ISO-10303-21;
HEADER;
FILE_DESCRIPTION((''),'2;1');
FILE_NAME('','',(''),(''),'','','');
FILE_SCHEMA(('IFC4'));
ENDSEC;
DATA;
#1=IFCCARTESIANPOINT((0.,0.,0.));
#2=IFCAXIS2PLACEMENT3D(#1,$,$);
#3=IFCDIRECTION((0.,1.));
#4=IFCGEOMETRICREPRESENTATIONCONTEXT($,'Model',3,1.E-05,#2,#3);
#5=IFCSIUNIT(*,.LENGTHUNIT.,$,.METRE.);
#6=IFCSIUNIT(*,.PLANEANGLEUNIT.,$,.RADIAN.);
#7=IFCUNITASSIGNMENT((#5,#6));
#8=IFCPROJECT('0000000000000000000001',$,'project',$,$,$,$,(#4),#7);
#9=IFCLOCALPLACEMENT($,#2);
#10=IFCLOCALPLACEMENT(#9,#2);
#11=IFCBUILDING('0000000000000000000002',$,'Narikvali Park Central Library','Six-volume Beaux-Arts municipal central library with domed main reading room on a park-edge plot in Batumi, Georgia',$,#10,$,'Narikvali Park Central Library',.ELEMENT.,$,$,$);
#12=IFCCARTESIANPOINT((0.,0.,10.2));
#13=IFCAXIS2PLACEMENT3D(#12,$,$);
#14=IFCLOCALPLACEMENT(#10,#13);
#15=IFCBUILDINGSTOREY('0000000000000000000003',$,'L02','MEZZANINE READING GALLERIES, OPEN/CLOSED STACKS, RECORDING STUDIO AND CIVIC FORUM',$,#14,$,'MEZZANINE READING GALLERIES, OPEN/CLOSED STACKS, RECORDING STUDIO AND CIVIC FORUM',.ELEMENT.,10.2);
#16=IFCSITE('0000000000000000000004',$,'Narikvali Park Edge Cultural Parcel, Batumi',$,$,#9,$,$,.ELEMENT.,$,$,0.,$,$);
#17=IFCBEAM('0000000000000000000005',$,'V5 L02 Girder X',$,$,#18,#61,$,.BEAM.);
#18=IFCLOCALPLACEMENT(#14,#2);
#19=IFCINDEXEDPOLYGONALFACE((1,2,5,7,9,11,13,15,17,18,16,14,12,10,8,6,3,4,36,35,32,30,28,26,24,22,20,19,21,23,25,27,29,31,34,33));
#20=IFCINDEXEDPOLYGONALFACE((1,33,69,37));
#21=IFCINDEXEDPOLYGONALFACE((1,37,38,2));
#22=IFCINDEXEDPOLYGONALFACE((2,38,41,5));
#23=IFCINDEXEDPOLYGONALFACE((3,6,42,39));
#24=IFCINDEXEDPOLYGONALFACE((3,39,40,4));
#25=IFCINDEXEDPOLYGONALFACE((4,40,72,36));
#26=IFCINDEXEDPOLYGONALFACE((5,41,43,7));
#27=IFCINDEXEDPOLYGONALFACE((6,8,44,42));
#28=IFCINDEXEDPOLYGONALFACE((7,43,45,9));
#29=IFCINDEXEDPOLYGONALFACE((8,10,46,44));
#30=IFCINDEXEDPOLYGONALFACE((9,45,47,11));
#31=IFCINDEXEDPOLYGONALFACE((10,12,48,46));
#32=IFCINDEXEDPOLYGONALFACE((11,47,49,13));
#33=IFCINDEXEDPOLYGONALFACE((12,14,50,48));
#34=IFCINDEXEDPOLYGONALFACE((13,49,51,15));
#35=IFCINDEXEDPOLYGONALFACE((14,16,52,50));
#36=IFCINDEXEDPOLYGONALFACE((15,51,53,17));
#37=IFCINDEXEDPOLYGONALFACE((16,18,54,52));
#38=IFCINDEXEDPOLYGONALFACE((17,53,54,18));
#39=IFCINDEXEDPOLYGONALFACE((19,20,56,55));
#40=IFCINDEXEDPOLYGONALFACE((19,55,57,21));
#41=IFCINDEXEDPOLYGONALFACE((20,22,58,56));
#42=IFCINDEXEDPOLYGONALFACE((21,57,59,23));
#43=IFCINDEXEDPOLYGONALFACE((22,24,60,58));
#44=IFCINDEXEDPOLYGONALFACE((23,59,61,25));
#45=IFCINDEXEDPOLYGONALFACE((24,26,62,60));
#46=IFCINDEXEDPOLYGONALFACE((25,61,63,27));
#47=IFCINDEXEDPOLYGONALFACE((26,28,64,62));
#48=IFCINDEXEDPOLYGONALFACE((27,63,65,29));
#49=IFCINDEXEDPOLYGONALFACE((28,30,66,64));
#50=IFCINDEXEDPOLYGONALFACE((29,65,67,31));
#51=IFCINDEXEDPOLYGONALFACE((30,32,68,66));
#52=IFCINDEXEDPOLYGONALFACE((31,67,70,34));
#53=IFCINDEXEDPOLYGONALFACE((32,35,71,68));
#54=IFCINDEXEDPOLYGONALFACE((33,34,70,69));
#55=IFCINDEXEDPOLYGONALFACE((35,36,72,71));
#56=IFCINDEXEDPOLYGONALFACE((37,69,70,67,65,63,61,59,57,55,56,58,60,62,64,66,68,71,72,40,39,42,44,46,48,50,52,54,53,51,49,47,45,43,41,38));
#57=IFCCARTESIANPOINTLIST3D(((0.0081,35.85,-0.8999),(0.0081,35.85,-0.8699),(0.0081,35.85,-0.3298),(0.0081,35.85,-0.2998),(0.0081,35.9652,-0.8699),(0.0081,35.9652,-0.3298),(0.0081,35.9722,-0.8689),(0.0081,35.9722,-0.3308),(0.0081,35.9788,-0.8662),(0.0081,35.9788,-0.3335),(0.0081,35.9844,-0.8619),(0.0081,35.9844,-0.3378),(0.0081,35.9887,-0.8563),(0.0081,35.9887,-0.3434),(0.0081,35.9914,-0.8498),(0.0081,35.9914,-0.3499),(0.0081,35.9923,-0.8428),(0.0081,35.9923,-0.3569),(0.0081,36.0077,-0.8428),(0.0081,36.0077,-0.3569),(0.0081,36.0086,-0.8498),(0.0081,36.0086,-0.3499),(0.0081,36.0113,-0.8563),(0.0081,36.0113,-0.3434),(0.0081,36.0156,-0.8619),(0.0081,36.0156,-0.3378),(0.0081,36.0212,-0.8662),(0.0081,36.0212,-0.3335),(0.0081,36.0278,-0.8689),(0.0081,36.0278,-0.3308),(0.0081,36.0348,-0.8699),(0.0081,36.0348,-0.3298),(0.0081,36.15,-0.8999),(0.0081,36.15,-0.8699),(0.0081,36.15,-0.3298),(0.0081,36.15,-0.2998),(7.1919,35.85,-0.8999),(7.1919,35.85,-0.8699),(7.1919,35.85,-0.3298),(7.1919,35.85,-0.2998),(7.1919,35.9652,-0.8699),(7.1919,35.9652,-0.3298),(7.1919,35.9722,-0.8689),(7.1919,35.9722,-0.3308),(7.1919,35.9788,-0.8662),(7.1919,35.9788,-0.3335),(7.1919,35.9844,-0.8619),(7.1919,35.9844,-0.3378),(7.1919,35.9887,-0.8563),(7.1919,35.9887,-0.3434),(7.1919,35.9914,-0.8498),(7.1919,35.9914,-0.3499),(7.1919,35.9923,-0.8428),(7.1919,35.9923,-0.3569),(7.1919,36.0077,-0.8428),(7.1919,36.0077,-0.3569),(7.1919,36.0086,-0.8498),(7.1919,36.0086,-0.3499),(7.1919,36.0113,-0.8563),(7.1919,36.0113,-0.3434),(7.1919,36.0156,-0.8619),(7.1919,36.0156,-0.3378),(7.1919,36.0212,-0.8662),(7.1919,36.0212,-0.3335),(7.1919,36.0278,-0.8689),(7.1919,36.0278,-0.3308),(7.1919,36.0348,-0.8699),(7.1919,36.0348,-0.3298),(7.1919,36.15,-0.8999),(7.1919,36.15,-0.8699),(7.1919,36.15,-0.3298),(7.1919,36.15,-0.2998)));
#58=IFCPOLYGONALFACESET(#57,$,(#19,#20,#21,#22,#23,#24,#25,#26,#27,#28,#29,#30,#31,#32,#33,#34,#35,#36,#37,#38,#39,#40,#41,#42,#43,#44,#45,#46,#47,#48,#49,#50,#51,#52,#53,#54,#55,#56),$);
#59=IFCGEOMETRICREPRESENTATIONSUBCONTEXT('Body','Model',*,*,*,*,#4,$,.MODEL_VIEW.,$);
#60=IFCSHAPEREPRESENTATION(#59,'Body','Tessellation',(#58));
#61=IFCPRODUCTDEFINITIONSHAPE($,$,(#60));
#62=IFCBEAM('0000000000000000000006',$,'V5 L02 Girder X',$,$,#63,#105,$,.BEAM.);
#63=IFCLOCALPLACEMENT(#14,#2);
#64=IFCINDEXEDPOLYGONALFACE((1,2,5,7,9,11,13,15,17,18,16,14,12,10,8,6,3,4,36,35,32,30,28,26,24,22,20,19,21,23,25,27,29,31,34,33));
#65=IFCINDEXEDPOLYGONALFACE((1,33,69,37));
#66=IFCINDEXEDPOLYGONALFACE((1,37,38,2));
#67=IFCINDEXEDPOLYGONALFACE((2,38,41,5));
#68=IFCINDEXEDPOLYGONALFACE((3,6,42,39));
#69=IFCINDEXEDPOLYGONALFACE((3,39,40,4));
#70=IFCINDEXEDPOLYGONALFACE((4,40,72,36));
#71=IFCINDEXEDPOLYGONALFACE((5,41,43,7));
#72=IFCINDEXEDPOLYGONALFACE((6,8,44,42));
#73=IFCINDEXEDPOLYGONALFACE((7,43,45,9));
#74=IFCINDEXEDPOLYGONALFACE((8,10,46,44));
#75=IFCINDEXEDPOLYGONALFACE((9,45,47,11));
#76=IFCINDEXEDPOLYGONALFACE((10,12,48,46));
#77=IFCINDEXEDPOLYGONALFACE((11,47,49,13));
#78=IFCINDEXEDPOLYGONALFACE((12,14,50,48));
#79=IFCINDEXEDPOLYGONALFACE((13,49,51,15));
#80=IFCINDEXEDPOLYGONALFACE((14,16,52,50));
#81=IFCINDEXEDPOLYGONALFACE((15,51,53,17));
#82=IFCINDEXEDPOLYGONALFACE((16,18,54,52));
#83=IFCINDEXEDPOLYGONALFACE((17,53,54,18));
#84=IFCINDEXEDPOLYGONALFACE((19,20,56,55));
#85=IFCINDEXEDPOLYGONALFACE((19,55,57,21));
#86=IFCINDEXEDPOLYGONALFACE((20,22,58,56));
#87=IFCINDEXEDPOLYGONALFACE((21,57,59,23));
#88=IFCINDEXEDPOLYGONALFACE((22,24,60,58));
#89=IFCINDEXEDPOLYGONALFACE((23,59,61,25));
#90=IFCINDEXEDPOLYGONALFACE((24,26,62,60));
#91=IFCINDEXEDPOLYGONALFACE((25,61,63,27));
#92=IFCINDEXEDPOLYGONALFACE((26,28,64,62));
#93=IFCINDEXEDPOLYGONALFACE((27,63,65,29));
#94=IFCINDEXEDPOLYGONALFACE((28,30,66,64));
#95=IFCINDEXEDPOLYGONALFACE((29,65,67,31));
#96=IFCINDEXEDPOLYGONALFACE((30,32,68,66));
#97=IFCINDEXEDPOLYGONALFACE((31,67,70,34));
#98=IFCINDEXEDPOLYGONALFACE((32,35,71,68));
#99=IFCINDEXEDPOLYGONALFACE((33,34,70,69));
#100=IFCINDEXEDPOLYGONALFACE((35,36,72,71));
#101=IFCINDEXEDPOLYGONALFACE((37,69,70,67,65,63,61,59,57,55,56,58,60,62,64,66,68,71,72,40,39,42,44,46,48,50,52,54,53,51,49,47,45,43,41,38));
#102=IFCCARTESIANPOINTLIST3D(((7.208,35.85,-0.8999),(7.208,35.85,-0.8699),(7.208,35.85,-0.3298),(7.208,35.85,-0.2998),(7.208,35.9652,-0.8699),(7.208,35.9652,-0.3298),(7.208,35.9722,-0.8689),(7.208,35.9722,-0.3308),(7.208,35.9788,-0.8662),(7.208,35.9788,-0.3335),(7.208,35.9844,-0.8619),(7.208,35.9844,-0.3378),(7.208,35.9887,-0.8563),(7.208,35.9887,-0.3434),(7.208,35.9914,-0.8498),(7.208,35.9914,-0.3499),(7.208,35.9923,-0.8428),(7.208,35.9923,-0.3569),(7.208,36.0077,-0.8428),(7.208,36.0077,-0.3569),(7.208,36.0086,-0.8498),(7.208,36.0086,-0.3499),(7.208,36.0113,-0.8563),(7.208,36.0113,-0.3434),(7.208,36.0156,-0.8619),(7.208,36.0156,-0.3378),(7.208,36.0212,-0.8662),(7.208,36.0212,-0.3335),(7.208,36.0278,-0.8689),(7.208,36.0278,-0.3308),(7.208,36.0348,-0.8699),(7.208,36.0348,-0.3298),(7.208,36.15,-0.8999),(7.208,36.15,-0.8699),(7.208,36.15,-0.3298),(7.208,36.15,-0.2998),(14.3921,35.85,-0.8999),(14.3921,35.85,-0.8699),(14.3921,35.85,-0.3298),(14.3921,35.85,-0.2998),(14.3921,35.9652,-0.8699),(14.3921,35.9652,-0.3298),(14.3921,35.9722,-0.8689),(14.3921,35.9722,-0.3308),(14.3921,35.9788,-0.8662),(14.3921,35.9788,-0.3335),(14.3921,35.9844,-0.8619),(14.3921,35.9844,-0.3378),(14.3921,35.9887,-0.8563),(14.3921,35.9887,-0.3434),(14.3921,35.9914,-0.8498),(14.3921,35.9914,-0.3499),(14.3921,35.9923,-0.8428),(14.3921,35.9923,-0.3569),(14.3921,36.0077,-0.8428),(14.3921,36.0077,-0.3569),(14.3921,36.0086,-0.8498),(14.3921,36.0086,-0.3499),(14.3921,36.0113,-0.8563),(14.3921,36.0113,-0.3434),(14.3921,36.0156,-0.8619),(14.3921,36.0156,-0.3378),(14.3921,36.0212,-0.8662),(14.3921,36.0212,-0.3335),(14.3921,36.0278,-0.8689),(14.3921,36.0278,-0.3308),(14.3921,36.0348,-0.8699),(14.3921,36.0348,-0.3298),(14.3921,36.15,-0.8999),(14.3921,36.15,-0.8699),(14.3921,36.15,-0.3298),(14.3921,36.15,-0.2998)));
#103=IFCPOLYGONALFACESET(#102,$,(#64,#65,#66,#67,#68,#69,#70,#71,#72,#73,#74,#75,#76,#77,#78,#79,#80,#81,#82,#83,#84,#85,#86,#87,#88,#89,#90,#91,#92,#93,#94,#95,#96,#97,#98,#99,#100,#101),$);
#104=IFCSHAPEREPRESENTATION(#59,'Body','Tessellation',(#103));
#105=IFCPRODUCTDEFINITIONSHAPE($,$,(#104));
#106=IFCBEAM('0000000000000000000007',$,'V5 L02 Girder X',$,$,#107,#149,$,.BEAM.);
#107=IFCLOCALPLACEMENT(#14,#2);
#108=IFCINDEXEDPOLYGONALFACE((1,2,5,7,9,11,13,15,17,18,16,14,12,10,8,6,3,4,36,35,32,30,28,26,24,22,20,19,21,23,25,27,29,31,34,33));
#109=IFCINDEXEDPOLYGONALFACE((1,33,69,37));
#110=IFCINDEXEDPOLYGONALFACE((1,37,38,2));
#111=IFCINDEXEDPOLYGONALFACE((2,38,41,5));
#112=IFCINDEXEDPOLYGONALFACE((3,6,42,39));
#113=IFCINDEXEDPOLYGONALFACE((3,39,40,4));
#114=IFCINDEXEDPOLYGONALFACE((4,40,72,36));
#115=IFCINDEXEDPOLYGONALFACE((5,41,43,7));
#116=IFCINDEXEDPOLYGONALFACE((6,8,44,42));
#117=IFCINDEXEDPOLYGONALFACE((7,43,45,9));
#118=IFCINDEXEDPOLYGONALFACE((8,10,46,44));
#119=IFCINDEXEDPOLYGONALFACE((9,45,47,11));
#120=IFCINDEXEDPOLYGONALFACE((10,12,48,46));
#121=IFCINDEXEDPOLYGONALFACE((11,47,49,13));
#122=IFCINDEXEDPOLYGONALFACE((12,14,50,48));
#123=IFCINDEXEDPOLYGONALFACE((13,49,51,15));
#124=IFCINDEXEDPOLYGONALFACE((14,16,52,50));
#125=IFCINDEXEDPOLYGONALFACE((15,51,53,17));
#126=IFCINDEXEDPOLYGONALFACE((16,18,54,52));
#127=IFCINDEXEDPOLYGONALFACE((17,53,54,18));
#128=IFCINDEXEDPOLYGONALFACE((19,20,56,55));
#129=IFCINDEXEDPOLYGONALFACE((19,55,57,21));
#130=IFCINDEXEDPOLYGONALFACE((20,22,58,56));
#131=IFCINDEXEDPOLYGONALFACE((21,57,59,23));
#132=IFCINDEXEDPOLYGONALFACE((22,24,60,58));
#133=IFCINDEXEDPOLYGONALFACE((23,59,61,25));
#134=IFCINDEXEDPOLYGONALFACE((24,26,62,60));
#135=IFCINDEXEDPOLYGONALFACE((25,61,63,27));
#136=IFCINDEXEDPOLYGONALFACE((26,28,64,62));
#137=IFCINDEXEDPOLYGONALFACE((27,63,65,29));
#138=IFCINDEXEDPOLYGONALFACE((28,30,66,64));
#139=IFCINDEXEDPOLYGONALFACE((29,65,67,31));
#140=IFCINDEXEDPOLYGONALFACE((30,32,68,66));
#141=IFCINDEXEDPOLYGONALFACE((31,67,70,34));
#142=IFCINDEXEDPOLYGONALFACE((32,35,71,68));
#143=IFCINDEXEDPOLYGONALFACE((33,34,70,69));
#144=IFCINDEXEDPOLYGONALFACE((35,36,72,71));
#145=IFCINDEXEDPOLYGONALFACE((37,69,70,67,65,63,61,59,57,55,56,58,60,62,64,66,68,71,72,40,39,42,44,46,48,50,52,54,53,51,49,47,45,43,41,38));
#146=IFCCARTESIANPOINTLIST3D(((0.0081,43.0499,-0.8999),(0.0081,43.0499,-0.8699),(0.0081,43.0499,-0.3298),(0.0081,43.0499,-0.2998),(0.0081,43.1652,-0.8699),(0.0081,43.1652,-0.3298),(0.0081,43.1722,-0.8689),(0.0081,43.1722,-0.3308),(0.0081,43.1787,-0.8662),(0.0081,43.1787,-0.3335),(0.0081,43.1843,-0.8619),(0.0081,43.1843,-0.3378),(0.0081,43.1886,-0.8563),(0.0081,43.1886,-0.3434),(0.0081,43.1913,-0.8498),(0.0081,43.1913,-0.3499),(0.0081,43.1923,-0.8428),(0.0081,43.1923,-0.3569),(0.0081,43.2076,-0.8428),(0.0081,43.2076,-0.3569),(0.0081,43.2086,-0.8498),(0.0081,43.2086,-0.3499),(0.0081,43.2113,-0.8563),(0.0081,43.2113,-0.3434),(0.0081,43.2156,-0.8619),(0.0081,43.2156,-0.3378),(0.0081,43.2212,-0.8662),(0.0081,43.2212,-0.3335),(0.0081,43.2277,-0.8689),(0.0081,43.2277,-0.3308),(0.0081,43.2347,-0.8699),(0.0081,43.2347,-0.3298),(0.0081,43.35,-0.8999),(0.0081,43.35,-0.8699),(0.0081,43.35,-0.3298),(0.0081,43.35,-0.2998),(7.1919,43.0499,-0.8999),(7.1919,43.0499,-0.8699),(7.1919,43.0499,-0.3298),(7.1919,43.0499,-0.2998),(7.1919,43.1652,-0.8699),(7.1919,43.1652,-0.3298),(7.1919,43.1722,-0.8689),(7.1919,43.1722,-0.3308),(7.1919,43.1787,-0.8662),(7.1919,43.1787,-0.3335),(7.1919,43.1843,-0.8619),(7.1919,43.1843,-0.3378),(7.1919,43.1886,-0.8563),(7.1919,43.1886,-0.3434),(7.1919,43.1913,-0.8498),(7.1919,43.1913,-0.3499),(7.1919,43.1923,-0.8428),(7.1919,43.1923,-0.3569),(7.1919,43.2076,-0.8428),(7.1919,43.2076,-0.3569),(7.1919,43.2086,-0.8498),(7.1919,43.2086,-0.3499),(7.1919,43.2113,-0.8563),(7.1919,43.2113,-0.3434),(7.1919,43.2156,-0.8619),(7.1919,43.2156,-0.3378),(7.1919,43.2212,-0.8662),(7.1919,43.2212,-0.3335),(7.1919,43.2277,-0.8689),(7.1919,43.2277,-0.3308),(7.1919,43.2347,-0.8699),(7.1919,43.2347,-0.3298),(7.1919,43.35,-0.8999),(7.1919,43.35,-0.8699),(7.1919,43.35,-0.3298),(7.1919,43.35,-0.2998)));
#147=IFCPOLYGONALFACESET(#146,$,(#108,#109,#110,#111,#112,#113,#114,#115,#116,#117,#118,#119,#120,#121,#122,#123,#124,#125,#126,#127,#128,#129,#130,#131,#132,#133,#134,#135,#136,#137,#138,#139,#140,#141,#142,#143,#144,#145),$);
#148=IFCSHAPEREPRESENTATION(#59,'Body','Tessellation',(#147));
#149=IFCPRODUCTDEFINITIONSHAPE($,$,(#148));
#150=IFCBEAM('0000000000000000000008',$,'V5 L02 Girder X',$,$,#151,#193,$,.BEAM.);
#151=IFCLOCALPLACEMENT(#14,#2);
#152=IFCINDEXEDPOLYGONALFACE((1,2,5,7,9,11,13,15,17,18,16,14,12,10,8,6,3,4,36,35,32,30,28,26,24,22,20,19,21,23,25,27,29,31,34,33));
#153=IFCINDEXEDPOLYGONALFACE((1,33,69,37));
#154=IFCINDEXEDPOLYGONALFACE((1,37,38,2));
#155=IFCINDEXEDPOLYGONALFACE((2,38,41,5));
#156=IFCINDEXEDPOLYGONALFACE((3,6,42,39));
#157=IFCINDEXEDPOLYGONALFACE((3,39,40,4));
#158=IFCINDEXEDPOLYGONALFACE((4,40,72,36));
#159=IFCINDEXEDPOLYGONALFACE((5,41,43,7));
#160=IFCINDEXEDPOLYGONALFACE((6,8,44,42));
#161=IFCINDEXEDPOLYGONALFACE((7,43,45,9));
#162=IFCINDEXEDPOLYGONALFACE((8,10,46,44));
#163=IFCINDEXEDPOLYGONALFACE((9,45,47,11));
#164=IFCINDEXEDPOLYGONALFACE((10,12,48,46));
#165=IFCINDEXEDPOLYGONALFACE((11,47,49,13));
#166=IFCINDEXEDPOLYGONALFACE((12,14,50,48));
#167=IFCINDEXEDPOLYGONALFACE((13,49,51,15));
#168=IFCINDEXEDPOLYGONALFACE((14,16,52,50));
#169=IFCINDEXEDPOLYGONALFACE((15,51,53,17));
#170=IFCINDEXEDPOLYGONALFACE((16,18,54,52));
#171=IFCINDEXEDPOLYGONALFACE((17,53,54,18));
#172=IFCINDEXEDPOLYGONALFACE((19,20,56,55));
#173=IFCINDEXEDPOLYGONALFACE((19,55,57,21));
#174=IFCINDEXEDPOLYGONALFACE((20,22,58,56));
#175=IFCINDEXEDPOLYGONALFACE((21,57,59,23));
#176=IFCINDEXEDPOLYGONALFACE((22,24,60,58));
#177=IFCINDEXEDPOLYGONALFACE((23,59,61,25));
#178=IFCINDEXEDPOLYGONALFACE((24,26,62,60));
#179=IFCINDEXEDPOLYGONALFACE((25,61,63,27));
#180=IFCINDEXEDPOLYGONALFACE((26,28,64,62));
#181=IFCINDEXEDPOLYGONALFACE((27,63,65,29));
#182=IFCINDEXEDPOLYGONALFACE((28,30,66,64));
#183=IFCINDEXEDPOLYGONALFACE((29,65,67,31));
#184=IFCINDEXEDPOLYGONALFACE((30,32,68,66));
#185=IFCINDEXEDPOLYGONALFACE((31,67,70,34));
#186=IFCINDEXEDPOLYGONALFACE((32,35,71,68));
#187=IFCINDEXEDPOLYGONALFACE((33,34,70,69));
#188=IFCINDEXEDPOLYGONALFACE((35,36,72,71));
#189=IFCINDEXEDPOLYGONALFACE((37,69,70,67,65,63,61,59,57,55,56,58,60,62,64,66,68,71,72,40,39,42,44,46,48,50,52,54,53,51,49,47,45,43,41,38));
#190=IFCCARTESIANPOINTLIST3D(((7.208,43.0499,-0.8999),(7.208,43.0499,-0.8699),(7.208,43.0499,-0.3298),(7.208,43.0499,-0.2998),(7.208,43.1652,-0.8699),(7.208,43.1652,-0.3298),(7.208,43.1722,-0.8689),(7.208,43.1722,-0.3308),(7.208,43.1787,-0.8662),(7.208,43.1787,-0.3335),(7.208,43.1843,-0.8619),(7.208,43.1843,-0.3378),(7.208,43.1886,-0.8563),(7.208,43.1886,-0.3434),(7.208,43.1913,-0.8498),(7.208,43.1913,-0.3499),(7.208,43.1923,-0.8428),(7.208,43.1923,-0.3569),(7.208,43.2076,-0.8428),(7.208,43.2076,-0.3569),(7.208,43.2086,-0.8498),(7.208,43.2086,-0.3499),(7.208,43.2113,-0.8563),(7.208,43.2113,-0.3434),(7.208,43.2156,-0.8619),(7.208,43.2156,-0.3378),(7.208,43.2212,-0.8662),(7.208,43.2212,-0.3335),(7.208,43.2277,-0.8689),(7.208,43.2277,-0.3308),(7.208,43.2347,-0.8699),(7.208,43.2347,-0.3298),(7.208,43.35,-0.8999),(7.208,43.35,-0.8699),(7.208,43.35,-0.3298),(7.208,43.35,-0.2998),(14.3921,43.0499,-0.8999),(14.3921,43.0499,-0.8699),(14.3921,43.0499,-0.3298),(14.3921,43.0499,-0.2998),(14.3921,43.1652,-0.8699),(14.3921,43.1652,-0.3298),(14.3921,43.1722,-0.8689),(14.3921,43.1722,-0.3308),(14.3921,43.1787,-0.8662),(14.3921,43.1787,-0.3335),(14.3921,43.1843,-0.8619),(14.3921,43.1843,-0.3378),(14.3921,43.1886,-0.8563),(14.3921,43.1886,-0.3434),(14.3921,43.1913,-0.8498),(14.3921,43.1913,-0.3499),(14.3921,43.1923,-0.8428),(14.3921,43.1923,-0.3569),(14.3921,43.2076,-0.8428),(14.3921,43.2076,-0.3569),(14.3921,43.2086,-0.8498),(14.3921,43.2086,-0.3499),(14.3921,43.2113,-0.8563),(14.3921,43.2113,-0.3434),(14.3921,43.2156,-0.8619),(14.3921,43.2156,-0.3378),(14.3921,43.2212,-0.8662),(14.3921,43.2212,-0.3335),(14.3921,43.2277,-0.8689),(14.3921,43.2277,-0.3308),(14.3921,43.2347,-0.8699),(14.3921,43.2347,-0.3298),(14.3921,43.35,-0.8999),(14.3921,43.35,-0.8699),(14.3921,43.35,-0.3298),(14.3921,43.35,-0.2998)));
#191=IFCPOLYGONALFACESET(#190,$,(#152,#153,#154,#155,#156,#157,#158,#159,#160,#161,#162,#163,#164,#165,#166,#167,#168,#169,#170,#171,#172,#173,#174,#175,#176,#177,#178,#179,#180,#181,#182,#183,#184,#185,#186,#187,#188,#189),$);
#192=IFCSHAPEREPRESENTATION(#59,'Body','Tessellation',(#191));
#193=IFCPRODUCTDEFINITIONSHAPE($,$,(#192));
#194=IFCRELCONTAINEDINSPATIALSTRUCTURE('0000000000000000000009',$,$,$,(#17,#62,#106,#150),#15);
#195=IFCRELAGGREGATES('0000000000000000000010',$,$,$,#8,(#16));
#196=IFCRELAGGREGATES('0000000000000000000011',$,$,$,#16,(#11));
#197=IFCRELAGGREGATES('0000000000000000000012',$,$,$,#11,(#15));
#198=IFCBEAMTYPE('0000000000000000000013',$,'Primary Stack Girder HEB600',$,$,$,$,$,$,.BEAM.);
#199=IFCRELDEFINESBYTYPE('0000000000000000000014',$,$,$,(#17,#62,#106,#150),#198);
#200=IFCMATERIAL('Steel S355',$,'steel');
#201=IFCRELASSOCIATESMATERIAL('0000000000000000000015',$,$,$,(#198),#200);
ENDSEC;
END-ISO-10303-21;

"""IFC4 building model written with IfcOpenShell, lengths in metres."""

from ifc_helpers import new_model, si_unit, direction, frame, origin, origin_2d, place, context, subcontext, project, spatial, i_section, extrude, material, material_profile, profile_set, type_object, element, save


model = new_model("IFC4")

# Units and contexts
model_context = context("Model", 3, precision=1e-05, world=origin(), true_north=direction((0.0, 1.0)))
body_context = subcontext(model_context, "Body", "Model", "MODEL_VIEW")
ifc_project = project(units=[si_unit("LENGTHUNIT", "METRE"), si_unit("PLANEANGLEUNIT", "RADIAN")], contexts=[model_context])

# Site, building, storey
site_placement = place(None, origin())
site = spatial("IfcSite", under=ifc_project, at=site_placement, Name="Narikvali Park Edge Cultural Parcel, Batumi", CompositionType="ELEMENT", RefElevation=0.0)
building_placement = place(site_placement, origin())
building = spatial("IfcBuilding", under=site, at=building_placement, Name="Narikvali Park Central Library", Description="Six-volume Beaux-Arts municipal central library with domed main reading room on a park-edge plot in Batumi, Georgia", LongName="Narikvali Park Central Library", CompositionType="ELEMENT")
storey_placement = place(building_placement, frame((0.0, 0.0, 10.2)))
storey = spatial("IfcBuildingStorey", under=building, at=storey_placement, Name="L02", Description="MEZZANINE READING GALLERIES, OPEN/CLOSED STACKS, RECORDING STUDIO AND CIVIC FORUM", LongName="MEZZANINE READING GALLERIES, OPEN/CLOSED STACKS, RECORDING STUDIO AND CIVIC FORUM", CompositionType="ELEMENT", Elevation=10.2)

# Shared definitions
ifc_material_1 = material(Name="Steel S355", Category="steel")

# Beams
ifc_material_profile_1 = material_profile(ifc_material_1, i_section(OverallWidth=0.3, OverallDepth=0.6001, WebThickness=0.0154, FlangeThickness=0.03, FilletRadius=0.0271, at=origin_2d()), Name="HEB 600")
ifc_profile_set_1 = profile_set([ifc_material_profile_1], Name="Steel S355")
beam_type_1 = type_object("IfcBeamType", Name="Primary Stack Girder HEB600", PredefinedType="BEAM", material=ifc_profile_set_1)
beam_1_placement = place(storey_placement, frame((0.0081, 36.0, -0.5999), z_axis=(1.0, 0.0, 0.0), x_axis=(0.0, 1.0, 0.0)))
element("IfcBeam", 1, at=beam_1_placement, inside=storey, type_object=beam_type_1, Name="V5 L02 Girder X", PredefinedType="BEAM", context=body_context, shape_type="SweptSolid", body=[
    extrude(i_section(OverallWidth=0.3, OverallDepth=0.6001, WebThickness=0.0154, FlangeThickness=0.03, FilletRadius=0.0271, at=origin_2d()), origin(), (0.0, 0.0, 1.0), 7.1838),
])
beam_2_placement = place(storey_placement, frame((7.208, 36.0, -0.5999), z_axis=(1.0, 0.0, 0.0), x_axis=(0.0, 1.0, 0.0)))
element("IfcBeam", 2, at=beam_2_placement, inside=storey, type_object=beam_type_1, Name="V5 L02 Girder X", PredefinedType="BEAM", context=body_context, shape_type="SweptSolid", body=[
    extrude(i_section(OverallWidth=0.3, OverallDepth=0.6001, WebThickness=0.0154, FlangeThickness=0.03, FilletRadius=0.0271, at=origin_2d()), origin(), (0.0, 0.0, 1.0), 7.1841),
])
beam_3_placement = place(storey_placement, frame((0.0081, 43.2, -0.5999), z_axis=(1.0, 0.0, 0.0), x_axis=(0.0, 1.0, 0.0)))
element("IfcBeam", 3, at=beam_3_placement, inside=storey, type_object=beam_type_1, Name="V5 L02 Girder X", PredefinedType="BEAM", context=body_context, shape_type="SweptSolid", body=[
    extrude(i_section(OverallWidth=0.3, OverallDepth=0.6001, WebThickness=0.0154, FlangeThickness=0.03, FilletRadius=0.0271, at=origin_2d()), origin(), (0.0, 0.0, 1.0), 7.1838),
])
beam_4_placement = place(storey_placement, frame((7.208, 43.2, -0.5999), z_axis=(1.0, 0.0, 0.0), x_axis=(0.0, 1.0, 0.0)))
element("IfcBeam", 4, at=beam_4_placement, inside=storey, type_object=beam_type_1, Name="V5 L02 Girder X", PredefinedType="BEAM", context=body_context, shape_type="SweptSolid", body=[
    extrude(i_section(OverallWidth=0.3, OverallDepth=0.6001, WebThickness=0.0154, FlangeThickness=0.03, FilletRadius=0.0271, at=origin_2d()), origin(), (0.0, 0.0, 1.0), 7.1841),
])

save(model, "model.ifc")
